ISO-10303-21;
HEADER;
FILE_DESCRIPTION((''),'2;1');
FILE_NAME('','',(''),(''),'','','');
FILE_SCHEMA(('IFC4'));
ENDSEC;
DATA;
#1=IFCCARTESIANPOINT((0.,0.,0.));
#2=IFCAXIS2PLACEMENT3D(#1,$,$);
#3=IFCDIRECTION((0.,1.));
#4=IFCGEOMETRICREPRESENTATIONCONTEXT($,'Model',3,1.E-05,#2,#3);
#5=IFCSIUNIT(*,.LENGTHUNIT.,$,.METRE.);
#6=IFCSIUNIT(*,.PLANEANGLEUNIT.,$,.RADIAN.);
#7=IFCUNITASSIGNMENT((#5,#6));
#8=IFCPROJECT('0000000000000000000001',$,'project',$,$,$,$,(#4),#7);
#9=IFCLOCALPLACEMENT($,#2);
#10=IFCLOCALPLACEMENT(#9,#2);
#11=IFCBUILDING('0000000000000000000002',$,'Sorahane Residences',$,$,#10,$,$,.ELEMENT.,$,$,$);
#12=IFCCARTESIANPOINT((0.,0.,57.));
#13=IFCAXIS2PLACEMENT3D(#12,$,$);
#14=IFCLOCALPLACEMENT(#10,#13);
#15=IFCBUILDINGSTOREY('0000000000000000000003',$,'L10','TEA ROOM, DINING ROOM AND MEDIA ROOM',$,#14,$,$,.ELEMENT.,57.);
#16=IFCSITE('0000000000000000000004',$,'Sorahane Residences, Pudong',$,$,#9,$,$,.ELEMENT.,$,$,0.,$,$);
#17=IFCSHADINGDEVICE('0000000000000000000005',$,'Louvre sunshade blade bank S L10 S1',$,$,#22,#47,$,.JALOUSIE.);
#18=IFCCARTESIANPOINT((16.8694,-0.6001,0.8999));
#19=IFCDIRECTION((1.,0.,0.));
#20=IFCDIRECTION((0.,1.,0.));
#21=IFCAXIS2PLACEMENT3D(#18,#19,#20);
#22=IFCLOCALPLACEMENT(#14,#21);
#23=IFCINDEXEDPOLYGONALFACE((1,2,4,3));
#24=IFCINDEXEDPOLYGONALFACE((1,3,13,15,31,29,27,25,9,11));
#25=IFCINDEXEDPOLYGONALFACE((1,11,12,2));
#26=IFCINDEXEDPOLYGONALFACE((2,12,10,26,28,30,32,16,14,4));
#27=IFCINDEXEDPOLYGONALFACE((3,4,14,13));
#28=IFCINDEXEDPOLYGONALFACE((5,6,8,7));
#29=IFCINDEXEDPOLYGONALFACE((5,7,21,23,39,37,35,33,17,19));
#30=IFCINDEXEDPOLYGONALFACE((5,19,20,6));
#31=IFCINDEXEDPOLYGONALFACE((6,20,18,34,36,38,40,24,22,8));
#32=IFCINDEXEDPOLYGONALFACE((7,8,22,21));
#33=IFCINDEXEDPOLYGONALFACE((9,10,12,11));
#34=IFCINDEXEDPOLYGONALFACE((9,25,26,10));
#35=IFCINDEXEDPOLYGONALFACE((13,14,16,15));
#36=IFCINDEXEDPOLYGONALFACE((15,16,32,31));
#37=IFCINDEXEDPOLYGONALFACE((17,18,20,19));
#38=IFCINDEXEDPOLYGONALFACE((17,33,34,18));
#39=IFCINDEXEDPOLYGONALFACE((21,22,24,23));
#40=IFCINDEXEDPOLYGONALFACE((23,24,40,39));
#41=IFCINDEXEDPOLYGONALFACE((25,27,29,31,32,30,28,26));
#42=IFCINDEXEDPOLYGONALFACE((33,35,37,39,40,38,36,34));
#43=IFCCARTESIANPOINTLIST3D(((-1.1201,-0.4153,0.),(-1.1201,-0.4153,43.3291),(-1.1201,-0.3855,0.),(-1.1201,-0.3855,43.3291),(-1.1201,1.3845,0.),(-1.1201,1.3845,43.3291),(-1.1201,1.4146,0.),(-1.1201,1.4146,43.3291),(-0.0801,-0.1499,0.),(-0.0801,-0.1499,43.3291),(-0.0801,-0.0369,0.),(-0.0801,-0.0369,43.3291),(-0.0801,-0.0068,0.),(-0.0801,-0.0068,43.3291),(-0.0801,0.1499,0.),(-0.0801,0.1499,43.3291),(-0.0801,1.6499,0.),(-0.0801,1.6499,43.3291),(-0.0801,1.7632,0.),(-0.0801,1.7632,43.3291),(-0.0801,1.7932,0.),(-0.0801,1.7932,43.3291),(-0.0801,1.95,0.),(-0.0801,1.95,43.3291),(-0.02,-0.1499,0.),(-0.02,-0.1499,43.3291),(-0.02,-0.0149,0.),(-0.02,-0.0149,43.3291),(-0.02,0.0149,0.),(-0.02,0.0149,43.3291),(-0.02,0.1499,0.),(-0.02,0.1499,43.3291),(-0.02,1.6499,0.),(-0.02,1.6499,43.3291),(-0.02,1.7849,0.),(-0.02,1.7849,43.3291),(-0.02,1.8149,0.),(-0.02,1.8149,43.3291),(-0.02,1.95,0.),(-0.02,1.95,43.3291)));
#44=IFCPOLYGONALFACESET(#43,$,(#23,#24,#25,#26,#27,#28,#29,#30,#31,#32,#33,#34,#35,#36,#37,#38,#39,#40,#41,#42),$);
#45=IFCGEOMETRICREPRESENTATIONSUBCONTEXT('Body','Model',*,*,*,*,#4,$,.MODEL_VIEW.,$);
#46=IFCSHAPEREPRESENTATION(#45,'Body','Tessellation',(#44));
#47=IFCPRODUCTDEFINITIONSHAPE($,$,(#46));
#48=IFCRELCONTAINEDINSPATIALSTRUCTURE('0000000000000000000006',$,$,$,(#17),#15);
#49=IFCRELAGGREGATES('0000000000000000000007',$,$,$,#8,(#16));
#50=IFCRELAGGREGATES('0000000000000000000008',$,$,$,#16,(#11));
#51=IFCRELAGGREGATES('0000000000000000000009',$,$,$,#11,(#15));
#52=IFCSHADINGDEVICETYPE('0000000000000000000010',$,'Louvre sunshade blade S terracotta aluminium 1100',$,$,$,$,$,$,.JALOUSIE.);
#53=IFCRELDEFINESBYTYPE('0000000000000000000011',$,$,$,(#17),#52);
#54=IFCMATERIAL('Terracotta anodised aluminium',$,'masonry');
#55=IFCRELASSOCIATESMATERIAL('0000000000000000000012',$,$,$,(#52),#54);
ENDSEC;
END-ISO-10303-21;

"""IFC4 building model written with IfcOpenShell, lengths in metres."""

from ifc_helpers import new_model, si_unit, direction, frame, origin, place, context, subcontext, project, spatial, polyline, outline, composite_profile, extrude, material, type_object, element, save


model = new_model("IFC4")

# Units and contexts
model_context = context("Model", 3, precision=1e-05, world=origin(), true_north=direction((0.0, 1.0)))
body_context = subcontext(model_context, "Body", "Model", "MODEL_VIEW")
ifc_project = project(units=[si_unit("LENGTHUNIT", "METRE"), si_unit("PLANEANGLEUNIT", "RADIAN")], contexts=[model_context])

# Site, building, storey
site_placement = place(None, origin())
site = spatial("IfcSite", under=ifc_project, at=site_placement, Name="Sorahane Residences, Pudong", CompositionType="ELEMENT", RefElevation=0.0)
building_placement = place(site_placement, origin())
building = spatial("IfcBuilding", under=site, at=building_placement, Name="Sorahane Residences", CompositionType="ELEMENT")
storey_placement = place(building_placement, frame((0.0, 0.0, 57.0)))
storey = spatial("IfcBuildingStorey", under=building, at=storey_placement, Name="L10", Description="TEA ROOM, DINING ROOM AND MEDIA ROOM", CompositionType="ELEMENT", Elevation=57.0)

# Shading device
ifc_material_1 = material(Name="Terracotta anodised aluminium", Category="masonry")
shading_device_type = type_object("IfcShadingDeviceType", Name="Louvre sunshade blade S terracotta aluminium 1100", PredefinedType="JALOUSIE", material=ifc_material_1)
shading_device_placement = place(storey_placement, frame((16.8694, -0.6001, 0.8999), z_axis=(1.0, 0.0, 0.0), x_axis=(0.0, 1.0, 0.0)))
element("IfcShadingDevice", 1, at=shading_device_placement, inside=storey, type_object=shading_device_type, Name="Louvre sunshade blade bank S L10 S1", PredefinedType="JALOUSIE", context=body_context, shape_type="SweptSolid", body=[
    extrude(composite_profile([outline(polyline([(-1.1201, -0.3855), (-1.1201, -0.4153), (-0.0801, -0.0369), (-0.0801, -0.1499), (-0.02, -0.1499), (-0.02, -0.0149), (-0.02, 0.0149), (-0.02, 0.1499), (-0.0801, 0.1499), (-0.0801, -0.0068), (-1.1201, -0.3855)])), outline(polyline([(-1.1201, 1.4146), (-1.1201, 1.3845), (-0.0801, 1.7632), (-0.0801, 1.6499), (-0.02, 1.6499), (-0.02, 1.7849), (-0.02, 1.8149), (-0.02, 1.95), (-0.0801, 1.95), (-0.0801, 1.7932), (-1.1201, 1.4146)]))]), origin(), (0.0, 0.0, 1.0), 43.3291),
])

save(model, "model.ifc")
